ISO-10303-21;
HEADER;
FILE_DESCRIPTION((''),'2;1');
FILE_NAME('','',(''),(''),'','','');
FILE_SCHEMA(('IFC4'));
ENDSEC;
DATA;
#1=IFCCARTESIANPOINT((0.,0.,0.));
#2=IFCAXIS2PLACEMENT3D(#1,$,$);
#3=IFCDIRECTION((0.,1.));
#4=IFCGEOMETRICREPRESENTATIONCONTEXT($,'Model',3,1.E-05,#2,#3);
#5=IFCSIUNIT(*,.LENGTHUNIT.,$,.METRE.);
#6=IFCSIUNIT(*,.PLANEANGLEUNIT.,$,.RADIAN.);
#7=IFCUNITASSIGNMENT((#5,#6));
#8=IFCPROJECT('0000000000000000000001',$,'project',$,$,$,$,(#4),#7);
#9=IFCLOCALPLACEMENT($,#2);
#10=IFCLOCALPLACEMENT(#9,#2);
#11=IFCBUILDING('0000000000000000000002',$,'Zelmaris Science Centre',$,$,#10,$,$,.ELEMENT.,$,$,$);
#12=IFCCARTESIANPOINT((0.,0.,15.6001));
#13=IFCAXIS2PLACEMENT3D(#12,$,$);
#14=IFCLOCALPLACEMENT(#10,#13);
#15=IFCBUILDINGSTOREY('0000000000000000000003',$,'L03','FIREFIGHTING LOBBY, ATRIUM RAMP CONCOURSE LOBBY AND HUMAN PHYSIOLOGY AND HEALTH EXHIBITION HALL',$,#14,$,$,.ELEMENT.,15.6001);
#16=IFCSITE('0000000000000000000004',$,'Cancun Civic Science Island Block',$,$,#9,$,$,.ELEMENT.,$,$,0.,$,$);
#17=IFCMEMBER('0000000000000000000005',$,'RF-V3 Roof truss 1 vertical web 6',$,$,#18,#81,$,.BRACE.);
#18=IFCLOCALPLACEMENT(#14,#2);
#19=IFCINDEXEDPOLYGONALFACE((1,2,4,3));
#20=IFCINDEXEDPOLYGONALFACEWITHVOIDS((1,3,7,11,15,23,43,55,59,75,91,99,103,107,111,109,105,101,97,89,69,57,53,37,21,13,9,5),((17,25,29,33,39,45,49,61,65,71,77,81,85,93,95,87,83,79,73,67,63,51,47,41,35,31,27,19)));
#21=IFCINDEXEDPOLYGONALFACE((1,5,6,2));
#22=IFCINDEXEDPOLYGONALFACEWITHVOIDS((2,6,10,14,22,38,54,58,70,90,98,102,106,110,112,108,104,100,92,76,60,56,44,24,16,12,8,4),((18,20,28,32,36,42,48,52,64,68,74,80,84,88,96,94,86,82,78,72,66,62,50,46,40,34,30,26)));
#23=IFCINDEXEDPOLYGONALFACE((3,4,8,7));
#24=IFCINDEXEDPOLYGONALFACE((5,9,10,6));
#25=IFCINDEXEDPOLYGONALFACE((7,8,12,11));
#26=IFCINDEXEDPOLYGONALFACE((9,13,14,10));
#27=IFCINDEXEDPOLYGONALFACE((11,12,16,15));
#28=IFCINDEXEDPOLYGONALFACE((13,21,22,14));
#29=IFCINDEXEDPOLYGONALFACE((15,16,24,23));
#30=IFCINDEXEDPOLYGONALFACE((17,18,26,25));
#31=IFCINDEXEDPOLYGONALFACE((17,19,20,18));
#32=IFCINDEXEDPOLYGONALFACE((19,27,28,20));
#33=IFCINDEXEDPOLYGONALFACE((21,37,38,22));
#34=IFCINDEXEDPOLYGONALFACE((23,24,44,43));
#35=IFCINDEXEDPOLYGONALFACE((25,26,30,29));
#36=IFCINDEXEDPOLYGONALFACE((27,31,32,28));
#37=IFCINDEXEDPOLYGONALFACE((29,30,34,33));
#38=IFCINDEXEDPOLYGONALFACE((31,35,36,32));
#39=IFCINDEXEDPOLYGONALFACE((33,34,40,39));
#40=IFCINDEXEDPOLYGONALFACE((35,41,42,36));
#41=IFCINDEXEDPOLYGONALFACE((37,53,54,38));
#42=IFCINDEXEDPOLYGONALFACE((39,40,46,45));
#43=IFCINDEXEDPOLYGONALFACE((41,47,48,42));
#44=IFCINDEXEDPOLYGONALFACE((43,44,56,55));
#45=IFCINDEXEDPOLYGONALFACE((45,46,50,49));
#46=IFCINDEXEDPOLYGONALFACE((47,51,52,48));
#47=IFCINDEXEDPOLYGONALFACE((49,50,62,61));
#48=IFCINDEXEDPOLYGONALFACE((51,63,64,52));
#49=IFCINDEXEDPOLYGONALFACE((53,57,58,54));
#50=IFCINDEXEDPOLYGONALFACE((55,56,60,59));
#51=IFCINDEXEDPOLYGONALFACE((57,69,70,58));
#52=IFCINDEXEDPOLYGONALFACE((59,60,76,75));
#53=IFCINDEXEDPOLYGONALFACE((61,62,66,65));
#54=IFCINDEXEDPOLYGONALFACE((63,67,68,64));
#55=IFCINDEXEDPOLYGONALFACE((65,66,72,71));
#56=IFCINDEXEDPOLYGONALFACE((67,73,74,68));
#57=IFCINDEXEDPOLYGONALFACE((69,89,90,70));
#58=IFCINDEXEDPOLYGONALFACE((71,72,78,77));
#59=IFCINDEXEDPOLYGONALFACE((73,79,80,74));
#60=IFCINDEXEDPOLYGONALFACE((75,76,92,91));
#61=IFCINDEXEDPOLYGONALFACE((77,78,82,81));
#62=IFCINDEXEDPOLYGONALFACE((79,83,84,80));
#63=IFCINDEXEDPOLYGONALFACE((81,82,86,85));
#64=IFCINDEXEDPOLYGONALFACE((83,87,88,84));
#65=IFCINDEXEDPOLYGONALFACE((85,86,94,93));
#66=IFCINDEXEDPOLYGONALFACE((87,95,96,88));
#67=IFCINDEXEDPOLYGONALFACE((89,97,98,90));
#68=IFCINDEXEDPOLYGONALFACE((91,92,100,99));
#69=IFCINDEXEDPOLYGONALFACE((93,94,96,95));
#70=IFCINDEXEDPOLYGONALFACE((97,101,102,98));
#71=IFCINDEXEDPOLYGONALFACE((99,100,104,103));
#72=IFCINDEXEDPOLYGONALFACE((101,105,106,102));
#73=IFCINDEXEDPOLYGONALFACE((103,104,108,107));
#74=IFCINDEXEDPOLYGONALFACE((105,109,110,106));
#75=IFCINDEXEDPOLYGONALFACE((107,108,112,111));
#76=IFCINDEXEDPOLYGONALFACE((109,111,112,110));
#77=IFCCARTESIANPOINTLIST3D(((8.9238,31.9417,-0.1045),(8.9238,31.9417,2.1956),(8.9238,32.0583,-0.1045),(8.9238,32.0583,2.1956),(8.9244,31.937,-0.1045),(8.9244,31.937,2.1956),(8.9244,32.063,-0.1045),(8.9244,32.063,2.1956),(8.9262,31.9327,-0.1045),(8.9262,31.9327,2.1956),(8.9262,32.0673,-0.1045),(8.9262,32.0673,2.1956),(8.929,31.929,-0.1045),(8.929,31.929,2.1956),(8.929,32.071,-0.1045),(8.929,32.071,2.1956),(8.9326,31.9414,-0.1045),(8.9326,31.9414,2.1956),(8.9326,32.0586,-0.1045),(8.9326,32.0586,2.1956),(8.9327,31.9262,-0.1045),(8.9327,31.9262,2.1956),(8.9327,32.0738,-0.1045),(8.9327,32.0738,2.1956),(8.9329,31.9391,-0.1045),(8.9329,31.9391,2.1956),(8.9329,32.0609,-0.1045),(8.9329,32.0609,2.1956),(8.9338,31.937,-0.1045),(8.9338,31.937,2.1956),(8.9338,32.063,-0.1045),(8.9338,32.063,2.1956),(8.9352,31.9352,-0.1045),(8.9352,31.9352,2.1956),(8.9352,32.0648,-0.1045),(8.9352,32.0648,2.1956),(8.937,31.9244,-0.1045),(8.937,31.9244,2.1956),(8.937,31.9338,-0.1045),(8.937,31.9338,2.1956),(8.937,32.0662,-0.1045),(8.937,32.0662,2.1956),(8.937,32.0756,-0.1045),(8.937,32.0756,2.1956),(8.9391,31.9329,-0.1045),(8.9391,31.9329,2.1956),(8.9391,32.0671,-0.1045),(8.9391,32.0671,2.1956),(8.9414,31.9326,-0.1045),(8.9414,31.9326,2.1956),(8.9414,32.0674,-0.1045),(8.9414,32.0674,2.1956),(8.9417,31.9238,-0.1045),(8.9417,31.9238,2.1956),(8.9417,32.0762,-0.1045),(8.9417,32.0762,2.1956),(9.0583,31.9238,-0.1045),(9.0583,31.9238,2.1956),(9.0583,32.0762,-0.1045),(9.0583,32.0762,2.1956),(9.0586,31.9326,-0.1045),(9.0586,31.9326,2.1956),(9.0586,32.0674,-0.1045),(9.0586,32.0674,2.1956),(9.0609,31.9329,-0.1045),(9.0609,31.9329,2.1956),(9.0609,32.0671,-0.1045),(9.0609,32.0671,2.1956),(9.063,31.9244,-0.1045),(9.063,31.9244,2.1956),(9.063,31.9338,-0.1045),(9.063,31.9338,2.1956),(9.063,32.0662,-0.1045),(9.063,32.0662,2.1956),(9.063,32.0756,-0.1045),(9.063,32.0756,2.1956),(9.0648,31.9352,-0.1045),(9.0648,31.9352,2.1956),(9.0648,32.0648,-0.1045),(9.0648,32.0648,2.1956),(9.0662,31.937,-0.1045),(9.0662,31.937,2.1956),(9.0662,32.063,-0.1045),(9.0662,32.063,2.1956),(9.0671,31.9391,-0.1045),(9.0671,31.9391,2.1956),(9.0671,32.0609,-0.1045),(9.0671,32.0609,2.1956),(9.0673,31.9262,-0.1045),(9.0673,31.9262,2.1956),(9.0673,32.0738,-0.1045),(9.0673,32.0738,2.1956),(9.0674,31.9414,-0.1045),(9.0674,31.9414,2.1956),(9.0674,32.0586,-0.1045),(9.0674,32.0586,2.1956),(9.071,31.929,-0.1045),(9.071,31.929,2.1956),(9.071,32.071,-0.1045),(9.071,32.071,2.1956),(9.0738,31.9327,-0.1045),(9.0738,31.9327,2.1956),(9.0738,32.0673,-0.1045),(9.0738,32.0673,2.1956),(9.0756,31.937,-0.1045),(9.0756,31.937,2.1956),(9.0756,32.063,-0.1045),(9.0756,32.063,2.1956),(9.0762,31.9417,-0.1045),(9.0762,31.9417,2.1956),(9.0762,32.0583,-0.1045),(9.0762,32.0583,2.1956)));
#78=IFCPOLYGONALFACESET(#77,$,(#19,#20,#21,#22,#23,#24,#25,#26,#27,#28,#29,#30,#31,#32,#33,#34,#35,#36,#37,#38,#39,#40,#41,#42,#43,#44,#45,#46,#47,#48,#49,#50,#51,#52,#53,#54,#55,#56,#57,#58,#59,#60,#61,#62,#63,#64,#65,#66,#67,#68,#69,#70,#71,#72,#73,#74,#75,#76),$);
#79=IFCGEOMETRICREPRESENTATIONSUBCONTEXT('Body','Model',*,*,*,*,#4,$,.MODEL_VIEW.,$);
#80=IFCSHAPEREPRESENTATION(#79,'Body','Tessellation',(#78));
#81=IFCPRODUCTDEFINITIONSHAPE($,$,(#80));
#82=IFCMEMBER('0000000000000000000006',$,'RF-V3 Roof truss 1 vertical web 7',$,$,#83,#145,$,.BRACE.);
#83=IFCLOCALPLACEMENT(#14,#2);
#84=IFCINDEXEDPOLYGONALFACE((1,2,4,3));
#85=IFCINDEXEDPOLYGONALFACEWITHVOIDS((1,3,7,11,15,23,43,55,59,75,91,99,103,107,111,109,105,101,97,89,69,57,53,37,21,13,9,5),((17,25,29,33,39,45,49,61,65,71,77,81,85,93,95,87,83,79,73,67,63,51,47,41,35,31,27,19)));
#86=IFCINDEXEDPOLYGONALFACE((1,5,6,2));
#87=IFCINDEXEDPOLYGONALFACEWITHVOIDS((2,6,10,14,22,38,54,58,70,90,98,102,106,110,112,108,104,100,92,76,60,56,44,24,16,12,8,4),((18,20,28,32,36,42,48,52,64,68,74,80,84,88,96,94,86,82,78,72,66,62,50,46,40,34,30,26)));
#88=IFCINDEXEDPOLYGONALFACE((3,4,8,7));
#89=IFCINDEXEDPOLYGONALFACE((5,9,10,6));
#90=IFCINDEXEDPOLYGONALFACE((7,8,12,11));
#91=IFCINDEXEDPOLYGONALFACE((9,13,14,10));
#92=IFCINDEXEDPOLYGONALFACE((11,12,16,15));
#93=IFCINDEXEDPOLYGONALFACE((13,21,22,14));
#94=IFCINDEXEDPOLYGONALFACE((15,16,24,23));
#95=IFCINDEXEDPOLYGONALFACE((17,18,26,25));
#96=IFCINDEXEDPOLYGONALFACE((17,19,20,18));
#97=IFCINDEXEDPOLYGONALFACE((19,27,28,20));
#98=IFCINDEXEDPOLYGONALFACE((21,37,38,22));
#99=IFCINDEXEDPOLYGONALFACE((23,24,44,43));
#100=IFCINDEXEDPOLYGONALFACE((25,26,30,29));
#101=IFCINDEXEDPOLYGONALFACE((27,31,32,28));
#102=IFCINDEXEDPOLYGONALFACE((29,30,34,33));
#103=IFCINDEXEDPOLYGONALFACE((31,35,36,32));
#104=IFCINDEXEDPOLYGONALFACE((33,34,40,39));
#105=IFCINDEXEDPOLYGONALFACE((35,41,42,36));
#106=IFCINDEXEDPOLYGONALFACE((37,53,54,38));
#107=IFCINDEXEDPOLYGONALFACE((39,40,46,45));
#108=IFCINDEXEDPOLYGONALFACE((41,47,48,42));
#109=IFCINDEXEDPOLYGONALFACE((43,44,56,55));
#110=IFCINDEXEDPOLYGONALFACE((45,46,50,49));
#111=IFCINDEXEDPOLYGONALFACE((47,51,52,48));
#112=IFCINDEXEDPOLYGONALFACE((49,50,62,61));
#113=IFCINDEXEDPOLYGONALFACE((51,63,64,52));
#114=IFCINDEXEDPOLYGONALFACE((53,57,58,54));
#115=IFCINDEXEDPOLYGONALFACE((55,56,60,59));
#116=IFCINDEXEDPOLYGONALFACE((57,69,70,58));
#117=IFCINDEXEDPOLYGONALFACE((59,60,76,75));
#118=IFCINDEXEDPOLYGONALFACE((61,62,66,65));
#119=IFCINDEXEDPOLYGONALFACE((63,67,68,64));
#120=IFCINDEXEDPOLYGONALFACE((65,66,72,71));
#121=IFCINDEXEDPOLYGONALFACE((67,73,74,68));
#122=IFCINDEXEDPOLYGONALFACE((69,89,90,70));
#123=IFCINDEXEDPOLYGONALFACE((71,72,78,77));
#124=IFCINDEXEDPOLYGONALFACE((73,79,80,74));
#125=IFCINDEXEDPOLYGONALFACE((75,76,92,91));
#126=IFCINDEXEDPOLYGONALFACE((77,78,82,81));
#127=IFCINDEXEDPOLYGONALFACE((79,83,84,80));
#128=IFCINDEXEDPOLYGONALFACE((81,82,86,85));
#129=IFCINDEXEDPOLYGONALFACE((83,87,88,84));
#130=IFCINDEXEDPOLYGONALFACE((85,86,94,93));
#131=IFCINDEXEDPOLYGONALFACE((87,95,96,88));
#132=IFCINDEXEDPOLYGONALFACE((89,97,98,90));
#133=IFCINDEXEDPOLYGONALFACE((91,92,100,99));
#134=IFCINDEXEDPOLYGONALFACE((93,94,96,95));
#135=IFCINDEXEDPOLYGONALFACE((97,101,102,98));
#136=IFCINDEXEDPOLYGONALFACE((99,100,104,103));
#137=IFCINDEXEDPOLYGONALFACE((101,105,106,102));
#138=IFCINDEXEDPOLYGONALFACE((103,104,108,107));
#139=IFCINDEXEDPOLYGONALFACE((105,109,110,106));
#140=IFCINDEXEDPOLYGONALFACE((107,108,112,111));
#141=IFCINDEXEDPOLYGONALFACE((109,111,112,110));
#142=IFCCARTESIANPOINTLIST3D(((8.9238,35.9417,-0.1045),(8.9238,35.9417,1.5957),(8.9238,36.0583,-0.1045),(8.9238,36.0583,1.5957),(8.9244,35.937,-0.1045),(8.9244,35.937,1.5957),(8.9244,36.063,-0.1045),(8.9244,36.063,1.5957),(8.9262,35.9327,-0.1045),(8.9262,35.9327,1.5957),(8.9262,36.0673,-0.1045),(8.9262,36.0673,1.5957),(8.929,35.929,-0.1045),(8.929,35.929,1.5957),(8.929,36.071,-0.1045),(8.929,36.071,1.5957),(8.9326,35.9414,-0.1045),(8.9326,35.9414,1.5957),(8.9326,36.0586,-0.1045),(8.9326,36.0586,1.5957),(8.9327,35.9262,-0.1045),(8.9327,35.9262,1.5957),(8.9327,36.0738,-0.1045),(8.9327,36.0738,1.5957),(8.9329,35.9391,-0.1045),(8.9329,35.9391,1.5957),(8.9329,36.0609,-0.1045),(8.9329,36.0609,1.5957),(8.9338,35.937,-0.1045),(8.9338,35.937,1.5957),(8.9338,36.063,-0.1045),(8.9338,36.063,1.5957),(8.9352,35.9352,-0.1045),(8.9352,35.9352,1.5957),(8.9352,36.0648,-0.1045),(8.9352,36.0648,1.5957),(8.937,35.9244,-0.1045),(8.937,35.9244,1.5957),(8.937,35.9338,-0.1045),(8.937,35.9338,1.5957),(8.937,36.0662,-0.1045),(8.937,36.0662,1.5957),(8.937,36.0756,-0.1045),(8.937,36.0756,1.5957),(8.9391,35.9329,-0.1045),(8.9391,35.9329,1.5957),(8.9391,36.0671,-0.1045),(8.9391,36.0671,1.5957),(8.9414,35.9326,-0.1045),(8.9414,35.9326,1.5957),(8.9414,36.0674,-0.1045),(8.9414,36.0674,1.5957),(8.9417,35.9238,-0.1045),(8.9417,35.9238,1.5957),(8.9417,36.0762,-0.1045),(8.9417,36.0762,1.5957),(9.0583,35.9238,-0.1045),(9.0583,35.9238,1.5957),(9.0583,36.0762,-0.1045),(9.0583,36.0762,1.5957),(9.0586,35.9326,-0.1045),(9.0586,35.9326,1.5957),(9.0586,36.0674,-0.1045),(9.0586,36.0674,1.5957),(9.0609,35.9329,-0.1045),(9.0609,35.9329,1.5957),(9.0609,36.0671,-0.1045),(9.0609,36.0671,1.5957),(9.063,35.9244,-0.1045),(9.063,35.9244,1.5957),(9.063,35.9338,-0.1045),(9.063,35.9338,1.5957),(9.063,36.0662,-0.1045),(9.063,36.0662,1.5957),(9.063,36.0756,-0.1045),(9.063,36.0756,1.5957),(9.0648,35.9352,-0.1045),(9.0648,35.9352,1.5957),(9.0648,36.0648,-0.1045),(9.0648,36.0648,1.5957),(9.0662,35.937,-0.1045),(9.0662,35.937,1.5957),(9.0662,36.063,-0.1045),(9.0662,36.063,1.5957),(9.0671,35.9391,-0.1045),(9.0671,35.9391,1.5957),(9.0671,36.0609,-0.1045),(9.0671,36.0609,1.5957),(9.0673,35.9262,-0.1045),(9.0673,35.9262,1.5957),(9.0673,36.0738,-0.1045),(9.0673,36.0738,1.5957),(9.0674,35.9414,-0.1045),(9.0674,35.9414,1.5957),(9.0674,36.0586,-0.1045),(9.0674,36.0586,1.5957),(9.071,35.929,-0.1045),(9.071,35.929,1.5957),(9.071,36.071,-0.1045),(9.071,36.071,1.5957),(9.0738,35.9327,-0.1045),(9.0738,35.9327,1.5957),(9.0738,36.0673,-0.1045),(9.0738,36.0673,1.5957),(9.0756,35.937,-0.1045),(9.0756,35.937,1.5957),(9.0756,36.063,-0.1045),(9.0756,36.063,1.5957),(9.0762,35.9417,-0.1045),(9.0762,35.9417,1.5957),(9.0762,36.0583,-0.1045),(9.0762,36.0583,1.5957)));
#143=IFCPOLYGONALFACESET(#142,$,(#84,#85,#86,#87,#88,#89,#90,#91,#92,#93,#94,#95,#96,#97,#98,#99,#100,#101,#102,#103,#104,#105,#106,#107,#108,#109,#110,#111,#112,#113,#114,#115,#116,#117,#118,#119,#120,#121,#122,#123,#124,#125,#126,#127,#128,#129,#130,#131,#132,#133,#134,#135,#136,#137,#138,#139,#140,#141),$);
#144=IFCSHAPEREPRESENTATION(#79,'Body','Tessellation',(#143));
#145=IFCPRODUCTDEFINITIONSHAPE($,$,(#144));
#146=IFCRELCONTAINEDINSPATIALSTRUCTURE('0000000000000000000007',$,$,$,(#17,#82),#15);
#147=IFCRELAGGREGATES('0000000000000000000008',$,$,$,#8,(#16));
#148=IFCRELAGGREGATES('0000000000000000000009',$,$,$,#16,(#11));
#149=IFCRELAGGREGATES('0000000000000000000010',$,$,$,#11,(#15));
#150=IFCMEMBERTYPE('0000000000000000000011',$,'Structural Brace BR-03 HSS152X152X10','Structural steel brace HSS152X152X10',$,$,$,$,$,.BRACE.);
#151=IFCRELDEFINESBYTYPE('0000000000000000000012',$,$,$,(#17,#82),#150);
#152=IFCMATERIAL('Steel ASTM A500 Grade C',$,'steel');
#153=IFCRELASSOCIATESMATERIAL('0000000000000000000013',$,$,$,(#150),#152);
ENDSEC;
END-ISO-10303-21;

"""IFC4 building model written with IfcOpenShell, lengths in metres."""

from ifc_helpers import new_model, si_unit, direction, frame, origin, origin_2d, place, context, subcontext, project, spatial, hollow_rectangle, extrude, material, material_profile, profile_set, type_object, element, save


model = new_model("IFC4")

# Units and contexts
model_context = context("Model", 3, precision=1e-05, world=origin(), true_north=direction((0.0, 1.0)))
body_context = subcontext(model_context, "Body", "Model", "MODEL_VIEW")
ifc_project = project(units=[si_unit("LENGTHUNIT", "METRE"), si_unit("PLANEANGLEUNIT", "RADIAN")], contexts=[model_context])

# Site, building, storey
site_placement = place(None, origin())
site = spatial("IfcSite", under=ifc_project, at=site_placement, Name="Cancun Civic Science Island Block", CompositionType="ELEMENT", RefElevation=0.0)
building_placement = place(site_placement, origin())
building = spatial("IfcBuilding", under=site, at=building_placement, Name="Zelmaris Science Centre", CompositionType="ELEMENT")
storey_placement = place(building_placement, frame((0.0, 0.0, 15.6001)))
storey = spatial("IfcBuildingStorey", under=building, at=storey_placement, Name="L03", Description="FIREFIGHTING LOBBY, ATRIUM RAMP CONCOURSE LOBBY AND HUMAN PHYSIOLOGY AND HEALTH EXHIBITION HALL", CompositionType="ELEMENT", Elevation=15.6001)

# Shared definitions
ifc_material_1 = material(Name="Steel ASTM A500 Grade C", Category="steel")

# Members
ifc_material_profile_1 = material_profile(ifc_material_1, hollow_rectangle(XDim=0.1523, YDim=0.1523, WallThickness=0.0088, InnerFilletRadius=0.0088, OuterFilletRadius=0.0178, at=origin_2d()), Name="HSS152X152X10")
ifc_profile_set_1 = profile_set([ifc_material_profile_1], Name="Steel ASTM A500 Grade C")
member_type_1 = type_object("IfcMemberType", Name="Structural Brace BR-03 HSS152X152X10", Description="Structural steel brace HSS152X152X10", PredefinedType="BRACE", material=ifc_profile_set_1)
member_1_placement = place(storey_placement, frame((9.0, 32.0, -0.1045), z_axis=(0.0, 0.0, 1.0), x_axis=(1.0, 0.0, 0.0)))
element("IfcMember", 1, at=member_1_placement, inside=storey, type_object=member_type_1, Name="RF-V3 Roof truss 1 vertical web 6", PredefinedType="BRACE", context=body_context, shape_type="SweptSolid", body=[
    extrude(hollow_rectangle(XDim=0.1523, YDim=0.1523, WallThickness=0.0088, InnerFilletRadius=0.0088, OuterFilletRadius=0.0178, at=origin_2d()), origin(), (0.0, 0.0, 1.0), 2.3),
])
member_2_placement = place(storey_placement, frame((9.0, 36.0, -0.1045), z_axis=(0.0, 0.0, 1.0), x_axis=(1.0, 0.0, 0.0)))
element("IfcMember", 2, at=member_2_placement, inside=storey, type_object=member_type_1, Name="RF-V3 Roof truss 1 vertical web 7", PredefinedType="BRACE", context=body_context, shape_type="SweptSolid", body=[
    extrude(hollow_rectangle(XDim=0.1523, YDim=0.1523, WallThickness=0.0088, InnerFilletRadius=0.0088, OuterFilletRadius=0.0178, at=origin_2d()), origin(), (0.0, 0.0, 1.0), 1.7002),
])

save(model, "model.ifc")
